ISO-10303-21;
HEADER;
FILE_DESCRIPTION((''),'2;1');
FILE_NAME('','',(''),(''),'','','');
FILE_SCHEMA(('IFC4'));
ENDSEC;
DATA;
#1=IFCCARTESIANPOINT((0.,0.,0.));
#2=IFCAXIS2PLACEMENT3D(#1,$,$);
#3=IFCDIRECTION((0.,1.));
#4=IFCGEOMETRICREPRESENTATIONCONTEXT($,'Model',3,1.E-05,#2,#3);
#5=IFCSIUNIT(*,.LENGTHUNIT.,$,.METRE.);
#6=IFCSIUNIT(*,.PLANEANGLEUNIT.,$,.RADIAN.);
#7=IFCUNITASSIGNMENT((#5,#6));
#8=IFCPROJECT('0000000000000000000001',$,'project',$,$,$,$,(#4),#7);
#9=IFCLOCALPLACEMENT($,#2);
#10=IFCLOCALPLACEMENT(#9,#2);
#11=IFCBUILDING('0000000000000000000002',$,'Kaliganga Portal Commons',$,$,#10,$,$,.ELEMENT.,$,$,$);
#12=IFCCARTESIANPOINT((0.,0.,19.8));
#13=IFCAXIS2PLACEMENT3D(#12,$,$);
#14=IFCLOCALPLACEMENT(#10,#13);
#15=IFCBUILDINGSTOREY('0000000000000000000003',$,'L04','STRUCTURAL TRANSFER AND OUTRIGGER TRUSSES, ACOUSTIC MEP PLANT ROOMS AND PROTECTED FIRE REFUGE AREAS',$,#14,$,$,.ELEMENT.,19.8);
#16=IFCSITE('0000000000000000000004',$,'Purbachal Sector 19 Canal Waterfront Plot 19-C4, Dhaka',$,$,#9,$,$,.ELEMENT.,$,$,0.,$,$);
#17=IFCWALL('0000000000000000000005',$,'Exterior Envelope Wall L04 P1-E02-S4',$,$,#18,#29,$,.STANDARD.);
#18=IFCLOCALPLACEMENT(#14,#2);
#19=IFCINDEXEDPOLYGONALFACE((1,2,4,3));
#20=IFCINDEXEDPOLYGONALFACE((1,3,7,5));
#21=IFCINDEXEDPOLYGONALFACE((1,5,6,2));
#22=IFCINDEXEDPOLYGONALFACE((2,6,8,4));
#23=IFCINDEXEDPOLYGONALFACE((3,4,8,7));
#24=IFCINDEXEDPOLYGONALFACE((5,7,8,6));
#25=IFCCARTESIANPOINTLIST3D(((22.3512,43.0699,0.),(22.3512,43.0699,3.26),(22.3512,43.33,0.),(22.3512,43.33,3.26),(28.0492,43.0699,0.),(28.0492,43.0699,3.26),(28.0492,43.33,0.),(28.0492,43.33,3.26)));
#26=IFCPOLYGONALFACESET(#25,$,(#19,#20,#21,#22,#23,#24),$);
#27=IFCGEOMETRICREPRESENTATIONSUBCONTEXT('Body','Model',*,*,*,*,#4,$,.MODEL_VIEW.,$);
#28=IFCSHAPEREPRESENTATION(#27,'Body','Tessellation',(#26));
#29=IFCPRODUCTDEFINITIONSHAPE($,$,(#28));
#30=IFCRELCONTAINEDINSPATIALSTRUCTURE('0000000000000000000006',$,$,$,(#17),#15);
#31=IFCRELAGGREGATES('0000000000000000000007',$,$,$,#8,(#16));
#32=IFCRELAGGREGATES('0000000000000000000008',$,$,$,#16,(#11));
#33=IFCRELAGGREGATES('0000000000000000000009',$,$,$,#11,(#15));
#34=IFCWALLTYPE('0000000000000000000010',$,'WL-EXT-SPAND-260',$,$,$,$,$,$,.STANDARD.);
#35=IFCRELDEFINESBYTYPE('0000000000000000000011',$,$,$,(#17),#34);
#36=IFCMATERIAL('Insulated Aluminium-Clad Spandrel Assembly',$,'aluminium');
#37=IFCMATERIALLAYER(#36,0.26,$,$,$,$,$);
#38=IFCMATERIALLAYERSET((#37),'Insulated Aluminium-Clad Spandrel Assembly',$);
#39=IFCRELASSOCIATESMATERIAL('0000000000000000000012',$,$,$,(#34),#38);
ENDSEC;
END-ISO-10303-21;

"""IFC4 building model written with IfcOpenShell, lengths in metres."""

from ifc_helpers import new_model, si_unit, direction, frame, frame_2d, origin, place, context, subcontext, project, spatial, rectangle, extrude, material, layer, layer_set, type_object, element, save


model = new_model("IFC4")

# Units and contexts
model_context = context("Model", 3, precision=1e-05, world=origin(), true_north=direction((0.0, 1.0)))
body_context = subcontext(model_context, "Body", "Model", "MODEL_VIEW")
ifc_project = project(units=[si_unit("LENGTHUNIT", "METRE"), si_unit("PLANEANGLEUNIT", "RADIAN")], contexts=[model_context])

# Site, building, storey
site_placement = place(None, origin())
site = spatial("IfcSite", under=ifc_project, at=site_placement, Name="Purbachal Sector 19 Canal Waterfront Plot 19-C4, Dhaka", CompositionType="ELEMENT", RefElevation=0.0)
building_placement = place(site_placement, origin())
building = spatial("IfcBuilding", under=site, at=building_placement, Name="Kaliganga Portal Commons", CompositionType="ELEMENT")
storey_placement = place(building_placement, frame((0.0, 0.0, 19.8)))
storey = spatial("IfcBuildingStorey", under=building, at=storey_placement, Name="L04", Description="STRUCTURAL TRANSFER AND OUTRIGGER TRUSSES, ACOUSTIC MEP PLANT ROOMS AND PROTECTED FIRE REFUGE AREAS", CompositionType="ELEMENT", Elevation=19.8)

# Wall
ifc_material_1 = material(Name="Insulated Aluminium-Clad Spandrel Assembly", Category="aluminium")
ifc_layer_1 = layer(ifc_material_1, 0.26)
ifc_layer_set_1 = layer_set([ifc_layer_1], Name="Insulated Aluminium-Clad Spandrel Assembly")
wall_type_1 = type_object("IfcWallType", Name="WL-EXT-SPAND-260", PredefinedType="STANDARD", material=ifc_layer_set_1)
for number, where, z_axis, x_axis, name in (
    (1, (22.3511, 43.2, 0.0), (0.0, 0.0, 1.0), (1.0, 0.0, 0.0), "Exterior Envelope Wall L04 P1-E02-S4"),
):
    element("IfcWall", number, at=place(storey_placement, frame(where, z_axis=z_axis, x_axis=x_axis)), inside=storey, type_object=wall_type_1, Name=name, PredefinedType="STANDARD", context=body_context, shape_type="SweptSolid", body=[
        extrude(rectangle(XDim=5.698, YDim=0.26, at=frame_2d((2.8491, 0.0))), origin(), (0.0, 0.0, 1.0), 3.26),
    ])

save(model, "model.ifc")
